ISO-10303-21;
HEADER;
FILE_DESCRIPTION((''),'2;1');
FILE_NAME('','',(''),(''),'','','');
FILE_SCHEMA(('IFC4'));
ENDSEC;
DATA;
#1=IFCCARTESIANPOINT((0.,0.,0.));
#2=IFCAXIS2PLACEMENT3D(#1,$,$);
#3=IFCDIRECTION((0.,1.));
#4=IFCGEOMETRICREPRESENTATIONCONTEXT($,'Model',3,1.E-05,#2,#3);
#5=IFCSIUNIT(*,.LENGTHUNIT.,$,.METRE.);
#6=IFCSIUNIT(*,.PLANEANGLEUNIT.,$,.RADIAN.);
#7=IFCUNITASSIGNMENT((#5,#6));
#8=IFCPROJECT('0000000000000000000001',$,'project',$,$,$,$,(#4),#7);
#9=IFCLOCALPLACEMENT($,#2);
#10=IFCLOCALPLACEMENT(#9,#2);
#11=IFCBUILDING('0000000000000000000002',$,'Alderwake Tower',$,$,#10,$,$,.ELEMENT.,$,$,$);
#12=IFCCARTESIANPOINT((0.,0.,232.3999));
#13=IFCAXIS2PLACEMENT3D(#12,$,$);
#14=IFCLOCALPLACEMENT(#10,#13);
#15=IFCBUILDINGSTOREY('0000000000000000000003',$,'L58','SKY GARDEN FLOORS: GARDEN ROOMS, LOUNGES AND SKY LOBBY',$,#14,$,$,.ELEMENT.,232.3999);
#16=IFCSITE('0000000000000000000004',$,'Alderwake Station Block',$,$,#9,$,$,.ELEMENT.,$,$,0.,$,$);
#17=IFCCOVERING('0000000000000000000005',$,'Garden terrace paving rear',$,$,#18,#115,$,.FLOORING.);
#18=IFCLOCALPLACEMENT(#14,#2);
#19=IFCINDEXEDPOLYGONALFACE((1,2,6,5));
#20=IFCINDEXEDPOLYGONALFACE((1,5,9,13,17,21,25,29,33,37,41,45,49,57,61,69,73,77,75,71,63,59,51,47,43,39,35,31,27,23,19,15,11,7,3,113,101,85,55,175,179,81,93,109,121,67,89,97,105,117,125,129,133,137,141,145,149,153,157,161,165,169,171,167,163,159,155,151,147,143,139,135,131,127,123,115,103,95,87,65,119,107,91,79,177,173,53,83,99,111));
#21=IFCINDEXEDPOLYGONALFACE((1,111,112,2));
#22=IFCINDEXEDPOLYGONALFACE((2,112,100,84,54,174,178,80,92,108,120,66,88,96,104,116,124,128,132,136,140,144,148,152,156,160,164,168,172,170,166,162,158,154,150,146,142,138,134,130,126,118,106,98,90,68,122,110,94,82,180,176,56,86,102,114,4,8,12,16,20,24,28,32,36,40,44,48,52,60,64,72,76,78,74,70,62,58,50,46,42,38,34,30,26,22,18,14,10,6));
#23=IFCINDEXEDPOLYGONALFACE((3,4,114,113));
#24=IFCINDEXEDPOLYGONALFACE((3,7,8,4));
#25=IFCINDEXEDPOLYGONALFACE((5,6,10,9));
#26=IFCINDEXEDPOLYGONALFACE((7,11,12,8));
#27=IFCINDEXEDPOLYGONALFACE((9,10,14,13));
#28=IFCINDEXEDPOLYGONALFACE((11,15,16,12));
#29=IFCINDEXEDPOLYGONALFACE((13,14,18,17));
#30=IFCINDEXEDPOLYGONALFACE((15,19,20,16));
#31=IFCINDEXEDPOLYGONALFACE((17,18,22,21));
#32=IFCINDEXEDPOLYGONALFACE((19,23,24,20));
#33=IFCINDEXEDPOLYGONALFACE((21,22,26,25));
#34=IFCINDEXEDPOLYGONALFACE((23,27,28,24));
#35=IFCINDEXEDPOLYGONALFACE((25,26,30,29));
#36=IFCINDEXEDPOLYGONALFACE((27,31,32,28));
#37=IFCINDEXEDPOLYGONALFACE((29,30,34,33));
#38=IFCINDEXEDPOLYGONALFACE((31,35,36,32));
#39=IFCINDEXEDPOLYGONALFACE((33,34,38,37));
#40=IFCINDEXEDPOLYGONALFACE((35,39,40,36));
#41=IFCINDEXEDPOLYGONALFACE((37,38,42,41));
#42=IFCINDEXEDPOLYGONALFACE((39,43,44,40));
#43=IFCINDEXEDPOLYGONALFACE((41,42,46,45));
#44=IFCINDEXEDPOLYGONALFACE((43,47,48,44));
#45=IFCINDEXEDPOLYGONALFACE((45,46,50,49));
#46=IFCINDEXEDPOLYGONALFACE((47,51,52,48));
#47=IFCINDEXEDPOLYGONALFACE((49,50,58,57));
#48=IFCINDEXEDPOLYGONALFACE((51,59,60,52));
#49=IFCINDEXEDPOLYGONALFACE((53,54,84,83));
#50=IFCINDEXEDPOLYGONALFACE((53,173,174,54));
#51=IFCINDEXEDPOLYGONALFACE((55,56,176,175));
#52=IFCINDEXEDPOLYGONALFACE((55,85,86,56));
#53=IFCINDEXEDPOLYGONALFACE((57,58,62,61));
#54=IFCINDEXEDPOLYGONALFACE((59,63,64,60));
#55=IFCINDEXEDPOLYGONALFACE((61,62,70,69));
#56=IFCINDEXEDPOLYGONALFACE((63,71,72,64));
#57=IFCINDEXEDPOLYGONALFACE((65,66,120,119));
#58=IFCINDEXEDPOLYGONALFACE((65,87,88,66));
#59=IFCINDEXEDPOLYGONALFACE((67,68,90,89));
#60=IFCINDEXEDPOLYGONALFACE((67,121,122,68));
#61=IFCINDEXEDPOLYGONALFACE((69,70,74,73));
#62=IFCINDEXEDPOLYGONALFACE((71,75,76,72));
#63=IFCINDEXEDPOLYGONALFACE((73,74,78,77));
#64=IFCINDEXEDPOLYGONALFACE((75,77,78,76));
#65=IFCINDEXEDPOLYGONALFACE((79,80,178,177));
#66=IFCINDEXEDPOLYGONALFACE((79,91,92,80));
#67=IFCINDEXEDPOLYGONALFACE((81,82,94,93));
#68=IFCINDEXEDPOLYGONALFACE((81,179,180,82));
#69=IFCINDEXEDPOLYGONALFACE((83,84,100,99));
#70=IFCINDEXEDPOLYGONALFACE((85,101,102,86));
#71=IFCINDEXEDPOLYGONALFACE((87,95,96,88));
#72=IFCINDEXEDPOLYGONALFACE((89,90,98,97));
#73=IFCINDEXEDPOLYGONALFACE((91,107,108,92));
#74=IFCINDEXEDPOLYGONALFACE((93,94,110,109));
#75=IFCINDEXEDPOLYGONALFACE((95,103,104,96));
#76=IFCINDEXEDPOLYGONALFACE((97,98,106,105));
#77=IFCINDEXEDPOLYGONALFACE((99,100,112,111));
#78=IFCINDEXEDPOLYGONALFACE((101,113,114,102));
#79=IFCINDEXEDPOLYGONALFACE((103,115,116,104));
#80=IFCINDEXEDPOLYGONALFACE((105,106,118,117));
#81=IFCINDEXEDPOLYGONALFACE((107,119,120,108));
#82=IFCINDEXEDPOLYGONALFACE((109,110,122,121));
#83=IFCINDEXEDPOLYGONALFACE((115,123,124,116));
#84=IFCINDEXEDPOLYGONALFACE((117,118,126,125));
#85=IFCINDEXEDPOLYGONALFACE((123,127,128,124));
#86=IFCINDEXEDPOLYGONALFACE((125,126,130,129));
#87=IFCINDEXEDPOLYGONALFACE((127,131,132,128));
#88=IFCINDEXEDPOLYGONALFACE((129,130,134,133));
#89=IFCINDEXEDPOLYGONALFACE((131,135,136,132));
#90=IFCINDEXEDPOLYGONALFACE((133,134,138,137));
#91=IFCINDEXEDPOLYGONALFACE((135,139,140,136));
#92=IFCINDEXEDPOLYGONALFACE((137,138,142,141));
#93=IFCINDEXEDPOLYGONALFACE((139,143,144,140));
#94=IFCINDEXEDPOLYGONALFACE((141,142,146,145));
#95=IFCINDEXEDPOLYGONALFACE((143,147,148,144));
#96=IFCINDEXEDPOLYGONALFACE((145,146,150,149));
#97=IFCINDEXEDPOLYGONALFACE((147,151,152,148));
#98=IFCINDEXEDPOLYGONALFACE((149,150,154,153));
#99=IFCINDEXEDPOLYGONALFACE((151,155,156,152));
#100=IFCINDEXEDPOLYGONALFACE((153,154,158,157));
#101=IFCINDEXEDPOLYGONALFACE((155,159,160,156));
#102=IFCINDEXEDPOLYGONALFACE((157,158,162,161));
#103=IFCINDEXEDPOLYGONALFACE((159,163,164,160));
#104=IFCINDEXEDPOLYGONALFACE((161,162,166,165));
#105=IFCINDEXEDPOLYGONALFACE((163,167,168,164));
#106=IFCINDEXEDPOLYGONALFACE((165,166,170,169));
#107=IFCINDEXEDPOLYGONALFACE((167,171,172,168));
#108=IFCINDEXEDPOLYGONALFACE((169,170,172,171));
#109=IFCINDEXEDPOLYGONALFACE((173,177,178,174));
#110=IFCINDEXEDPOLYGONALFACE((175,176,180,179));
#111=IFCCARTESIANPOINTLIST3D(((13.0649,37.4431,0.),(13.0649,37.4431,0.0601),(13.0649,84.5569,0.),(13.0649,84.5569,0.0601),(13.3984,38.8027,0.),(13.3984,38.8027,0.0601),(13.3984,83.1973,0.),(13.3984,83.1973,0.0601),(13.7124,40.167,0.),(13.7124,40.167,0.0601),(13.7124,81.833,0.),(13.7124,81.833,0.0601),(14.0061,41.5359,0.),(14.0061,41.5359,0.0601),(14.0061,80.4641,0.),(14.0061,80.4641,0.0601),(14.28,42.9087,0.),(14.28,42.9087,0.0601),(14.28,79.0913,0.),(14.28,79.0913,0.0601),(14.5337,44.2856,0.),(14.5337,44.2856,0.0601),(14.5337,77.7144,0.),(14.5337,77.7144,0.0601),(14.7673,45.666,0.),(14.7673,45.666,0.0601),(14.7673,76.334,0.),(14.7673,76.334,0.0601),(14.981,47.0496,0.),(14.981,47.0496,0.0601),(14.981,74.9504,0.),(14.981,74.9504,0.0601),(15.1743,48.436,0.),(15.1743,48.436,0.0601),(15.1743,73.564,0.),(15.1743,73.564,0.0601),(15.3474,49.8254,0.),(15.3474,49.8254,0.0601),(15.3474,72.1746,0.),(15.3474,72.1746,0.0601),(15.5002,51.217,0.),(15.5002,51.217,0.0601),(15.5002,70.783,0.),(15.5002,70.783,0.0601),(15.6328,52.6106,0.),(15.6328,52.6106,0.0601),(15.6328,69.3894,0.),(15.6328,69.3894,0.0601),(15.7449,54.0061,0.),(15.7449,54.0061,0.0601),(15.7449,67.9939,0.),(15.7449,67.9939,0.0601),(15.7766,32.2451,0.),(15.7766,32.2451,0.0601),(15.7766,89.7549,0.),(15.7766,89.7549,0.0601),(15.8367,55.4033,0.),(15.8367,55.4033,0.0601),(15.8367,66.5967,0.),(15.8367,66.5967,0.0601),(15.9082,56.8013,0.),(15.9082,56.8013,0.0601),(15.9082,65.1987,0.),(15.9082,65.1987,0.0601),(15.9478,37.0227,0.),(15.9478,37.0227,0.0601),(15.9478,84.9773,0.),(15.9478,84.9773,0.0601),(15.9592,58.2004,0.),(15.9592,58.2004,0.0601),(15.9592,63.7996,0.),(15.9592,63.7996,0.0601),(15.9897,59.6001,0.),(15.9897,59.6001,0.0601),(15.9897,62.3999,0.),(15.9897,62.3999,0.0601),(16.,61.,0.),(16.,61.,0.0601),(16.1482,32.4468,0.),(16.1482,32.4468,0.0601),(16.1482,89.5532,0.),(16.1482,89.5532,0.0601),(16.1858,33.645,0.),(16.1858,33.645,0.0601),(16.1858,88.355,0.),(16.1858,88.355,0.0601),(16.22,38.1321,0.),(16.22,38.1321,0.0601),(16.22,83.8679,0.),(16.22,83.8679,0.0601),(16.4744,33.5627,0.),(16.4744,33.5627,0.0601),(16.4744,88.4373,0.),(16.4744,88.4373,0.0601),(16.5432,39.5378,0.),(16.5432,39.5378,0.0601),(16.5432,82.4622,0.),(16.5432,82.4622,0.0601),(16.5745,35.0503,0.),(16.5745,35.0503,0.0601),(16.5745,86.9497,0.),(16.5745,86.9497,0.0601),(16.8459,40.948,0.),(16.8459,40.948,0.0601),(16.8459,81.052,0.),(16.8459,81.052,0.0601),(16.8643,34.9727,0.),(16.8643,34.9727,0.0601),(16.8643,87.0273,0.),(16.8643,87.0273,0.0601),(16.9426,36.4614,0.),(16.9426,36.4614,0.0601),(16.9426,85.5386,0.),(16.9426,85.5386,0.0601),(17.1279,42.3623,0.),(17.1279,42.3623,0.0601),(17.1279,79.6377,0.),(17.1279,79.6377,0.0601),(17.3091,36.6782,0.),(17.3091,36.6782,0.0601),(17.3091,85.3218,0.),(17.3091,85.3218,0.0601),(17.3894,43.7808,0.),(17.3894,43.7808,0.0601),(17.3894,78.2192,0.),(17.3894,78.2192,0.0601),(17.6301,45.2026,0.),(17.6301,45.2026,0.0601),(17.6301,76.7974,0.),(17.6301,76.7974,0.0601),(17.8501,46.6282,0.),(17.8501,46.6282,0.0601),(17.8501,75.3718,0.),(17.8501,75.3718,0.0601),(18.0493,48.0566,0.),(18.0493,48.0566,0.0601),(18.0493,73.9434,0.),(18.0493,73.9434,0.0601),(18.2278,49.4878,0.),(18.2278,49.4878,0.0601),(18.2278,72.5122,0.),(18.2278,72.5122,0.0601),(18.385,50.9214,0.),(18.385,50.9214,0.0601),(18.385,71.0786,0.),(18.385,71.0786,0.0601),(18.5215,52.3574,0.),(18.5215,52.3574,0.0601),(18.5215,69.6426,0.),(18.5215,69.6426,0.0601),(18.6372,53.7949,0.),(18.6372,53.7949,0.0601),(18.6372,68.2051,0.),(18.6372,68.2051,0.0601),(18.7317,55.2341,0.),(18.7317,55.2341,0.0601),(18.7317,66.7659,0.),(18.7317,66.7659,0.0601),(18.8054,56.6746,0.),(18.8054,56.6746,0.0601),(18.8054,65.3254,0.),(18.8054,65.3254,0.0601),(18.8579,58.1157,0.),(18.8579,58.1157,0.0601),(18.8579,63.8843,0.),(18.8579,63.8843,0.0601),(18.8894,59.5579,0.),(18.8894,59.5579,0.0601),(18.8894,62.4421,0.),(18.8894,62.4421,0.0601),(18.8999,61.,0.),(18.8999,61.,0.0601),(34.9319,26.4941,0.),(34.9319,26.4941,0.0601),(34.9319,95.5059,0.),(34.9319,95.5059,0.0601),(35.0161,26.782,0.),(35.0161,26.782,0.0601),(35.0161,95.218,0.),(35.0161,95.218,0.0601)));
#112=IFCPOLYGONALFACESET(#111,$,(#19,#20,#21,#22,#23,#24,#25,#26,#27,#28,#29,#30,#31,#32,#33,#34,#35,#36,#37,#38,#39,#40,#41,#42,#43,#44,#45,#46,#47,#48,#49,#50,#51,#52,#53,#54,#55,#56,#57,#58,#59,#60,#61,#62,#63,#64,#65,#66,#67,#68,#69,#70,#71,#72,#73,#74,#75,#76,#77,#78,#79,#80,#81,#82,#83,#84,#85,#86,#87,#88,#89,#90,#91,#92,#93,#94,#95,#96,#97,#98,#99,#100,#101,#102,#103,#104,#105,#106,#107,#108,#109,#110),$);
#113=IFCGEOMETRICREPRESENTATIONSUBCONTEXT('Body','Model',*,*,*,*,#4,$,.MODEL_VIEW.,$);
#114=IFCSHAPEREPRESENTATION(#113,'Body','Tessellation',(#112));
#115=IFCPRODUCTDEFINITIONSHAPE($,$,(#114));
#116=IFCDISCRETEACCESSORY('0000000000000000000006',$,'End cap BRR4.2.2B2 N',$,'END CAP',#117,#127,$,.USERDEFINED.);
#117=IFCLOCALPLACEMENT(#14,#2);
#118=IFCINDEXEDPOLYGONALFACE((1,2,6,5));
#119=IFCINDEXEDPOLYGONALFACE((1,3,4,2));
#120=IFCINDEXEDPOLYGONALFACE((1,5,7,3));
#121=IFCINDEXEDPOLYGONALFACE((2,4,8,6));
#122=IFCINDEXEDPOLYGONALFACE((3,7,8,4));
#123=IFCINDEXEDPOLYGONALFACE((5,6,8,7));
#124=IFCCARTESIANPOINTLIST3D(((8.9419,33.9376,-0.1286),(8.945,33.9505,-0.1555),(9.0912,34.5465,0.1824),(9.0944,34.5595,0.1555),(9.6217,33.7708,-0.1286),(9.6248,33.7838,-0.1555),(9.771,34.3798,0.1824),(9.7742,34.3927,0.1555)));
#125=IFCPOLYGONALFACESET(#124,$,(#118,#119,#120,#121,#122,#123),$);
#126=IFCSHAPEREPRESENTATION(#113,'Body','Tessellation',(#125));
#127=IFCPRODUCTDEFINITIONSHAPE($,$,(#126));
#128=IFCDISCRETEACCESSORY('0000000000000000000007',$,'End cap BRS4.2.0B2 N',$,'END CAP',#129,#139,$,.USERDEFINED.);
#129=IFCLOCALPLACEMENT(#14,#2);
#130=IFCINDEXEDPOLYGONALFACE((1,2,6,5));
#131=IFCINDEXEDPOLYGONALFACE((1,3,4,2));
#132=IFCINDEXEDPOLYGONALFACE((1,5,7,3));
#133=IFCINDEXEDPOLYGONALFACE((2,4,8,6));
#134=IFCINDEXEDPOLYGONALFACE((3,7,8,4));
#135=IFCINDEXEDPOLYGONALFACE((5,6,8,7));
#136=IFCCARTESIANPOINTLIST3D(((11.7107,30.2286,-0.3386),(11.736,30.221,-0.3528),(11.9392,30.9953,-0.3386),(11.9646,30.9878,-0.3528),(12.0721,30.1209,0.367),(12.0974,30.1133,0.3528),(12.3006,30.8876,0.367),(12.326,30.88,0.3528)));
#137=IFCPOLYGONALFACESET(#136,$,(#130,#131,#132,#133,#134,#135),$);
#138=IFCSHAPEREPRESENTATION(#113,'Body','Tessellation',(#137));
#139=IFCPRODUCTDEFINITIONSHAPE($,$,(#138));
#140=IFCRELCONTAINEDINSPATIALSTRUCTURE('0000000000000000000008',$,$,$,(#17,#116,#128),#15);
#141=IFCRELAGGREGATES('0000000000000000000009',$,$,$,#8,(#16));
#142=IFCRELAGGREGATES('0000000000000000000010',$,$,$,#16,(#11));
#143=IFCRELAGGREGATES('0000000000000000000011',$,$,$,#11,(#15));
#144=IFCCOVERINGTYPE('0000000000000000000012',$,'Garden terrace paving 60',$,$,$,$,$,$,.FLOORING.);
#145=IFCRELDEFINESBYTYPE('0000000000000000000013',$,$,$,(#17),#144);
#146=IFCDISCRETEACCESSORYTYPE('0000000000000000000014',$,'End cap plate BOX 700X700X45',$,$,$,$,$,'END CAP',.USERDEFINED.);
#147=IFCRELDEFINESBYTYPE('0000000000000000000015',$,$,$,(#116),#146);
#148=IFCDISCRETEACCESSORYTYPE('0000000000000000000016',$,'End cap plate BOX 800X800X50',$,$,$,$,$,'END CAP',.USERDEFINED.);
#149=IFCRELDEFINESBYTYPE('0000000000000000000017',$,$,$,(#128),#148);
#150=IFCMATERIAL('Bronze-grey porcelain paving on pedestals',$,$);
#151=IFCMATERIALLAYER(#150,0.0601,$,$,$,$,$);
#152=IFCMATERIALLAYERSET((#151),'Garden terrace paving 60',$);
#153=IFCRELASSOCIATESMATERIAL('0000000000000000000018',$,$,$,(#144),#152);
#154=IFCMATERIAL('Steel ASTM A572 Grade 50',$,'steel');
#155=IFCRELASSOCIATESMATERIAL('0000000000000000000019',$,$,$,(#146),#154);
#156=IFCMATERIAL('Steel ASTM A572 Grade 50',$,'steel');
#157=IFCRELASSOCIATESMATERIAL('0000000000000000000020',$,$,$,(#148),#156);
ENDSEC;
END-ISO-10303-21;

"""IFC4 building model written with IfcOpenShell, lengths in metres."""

from ifc_helpers import new_model, si_unit, direction, frame, origin, origin_2d, place, context, subcontext, project, spatial, polyline, rectangle, outline, extrude, material, layer, layer_set, material_profile, profile_set, type_object, element, save


model = new_model("IFC4")

# Units and contexts
model_context = context("Model", 3, precision=1e-05, world=origin(), true_north=direction((0.0, 1.0)))
body_context = subcontext(model_context, "Body", "Model", "MODEL_VIEW")
ifc_project = project(units=[si_unit("LENGTHUNIT", "METRE"), si_unit("PLANEANGLEUNIT", "RADIAN")], contexts=[model_context])

# Site, building, storey
site_placement = place(None, origin())
site = spatial("IfcSite", under=ifc_project, at=site_placement, Name="Alderwake Station Block", CompositionType="ELEMENT", RefElevation=0.0)
building_placement = place(site_placement, origin())
building = spatial("IfcBuilding", under=site, at=building_placement, Name="Alderwake Tower", CompositionType="ELEMENT")
storey_placement = place(building_placement, frame((0.0, 0.0, 232.3999)))
storey = spatial("IfcBuildingStorey", under=building, at=storey_placement, Name="L58", Description="SKY GARDEN FLOORS: GARDEN ROOMS, LOUNGES AND SKY LOBBY", CompositionType="ELEMENT", Elevation=232.3999)

# Covering
ifc_material_1 = material(Name="Bronze-grey porcelain paving on pedestals")
ifc_layer_1 = layer(ifc_material_1, 0.0601)
ifc_layer_set_1 = layer_set([ifc_layer_1], Name="Garden terrace paving 60")
covering_type = type_object("IfcCoveringType", Name="Garden terrace paving 60", PredefinedType="FLOORING", material=ifc_layer_set_1)
covering_1_placement = place(storey_placement, origin())
element("IfcCovering", 1, at=covering_1_placement, inside=storey, type_object=covering_type, Name="Garden terrace paving rear", PredefinedType="FLOORING", context=body_context, shape_type="SweptSolid", body=[
    extrude(outline(polyline([(14.5337, 44.2856), (14.28, 42.9087), (14.0061, 41.5359), (13.7124, 40.167), (13.3984, 38.8027), (13.0649, 37.4431), (16.9426, 36.4614), (16.5745, 35.0503), (16.1858, 33.645), (15.7766, 32.2451), (34.9319, 26.4941), (34.9319, 26.4941), (35.0161, 26.782), (16.1482, 32.4468), (16.4744, 33.5627), (16.8643, 34.9727), (17.3091, 36.6782), (15.9478, 37.0227), (16.22, 38.1321), (16.5432, 39.5378), (16.8459, 40.948), (17.1279, 42.3623), (17.3894, 43.7808), (17.6301, 45.2026), (17.8501, 46.6282), (18.0493, 48.0566), (18.2278, 49.4878), (18.385, 50.9214), (18.5215, 52.3574), (18.6372, 53.7949), (18.7317, 55.2341), (18.8054, 56.6746), (18.8579, 58.1157), (18.8894, 59.5579), (18.8999, 61.0), (18.8894, 62.4421), (18.8579, 63.8843), (18.8054, 65.3254), (18.7317, 66.7659), (18.6372, 68.2051), (18.5215, 69.6426), (18.385, 71.0786), (18.2278, 72.5122), (18.0493, 73.9434), (17.8501, 75.3718), (17.6301, 76.7974), (17.3894, 78.2192), (17.1279, 79.6377), (16.8459, 81.052), (16.5432, 82.4622), (16.22, 83.8679), (15.9478, 84.9773), (17.3091, 85.3218), (16.8643, 87.0273), (16.4744, 88.4373), (16.1482, 89.5532), (35.0161, 95.218), (34.9319, 95.5059), (34.9319, 95.5059), (15.7766, 89.7549), (16.1858, 88.355), (16.5745, 86.9497), (16.9426, 85.5386), (13.0649, 84.5569), (13.3984, 83.1973), (13.7124, 81.833), (14.0061, 80.4641), (14.28, 79.0913), (14.5337, 77.7144), (14.7673, 76.334), (14.981, 74.9504), (15.1743, 73.564), (15.3474, 72.1746), (15.5002, 70.783), (15.6328, 69.3894), (15.7449, 67.9939), (15.8367, 66.5967), (15.9082, 65.1987), (15.9592, 63.7996), (15.9897, 62.3999), (16.0, 61.0), (15.9897, 59.6001), (15.9592, 58.2004), (15.9082, 56.8013), (15.8367, 55.4033), (15.7449, 54.0061), (15.6328, 52.6106), (15.5002, 51.217), (15.3474, 49.8254), (15.1743, 48.436), (14.981, 47.0496), (14.7673, 45.666), (14.5337, 44.2856)])), origin(), (0.0, 0.0, 1.0), 0.0601),
])

# Discrete accessories
ifc_material_2 = material(Name="Steel ASTM A572 Grade 50", Category="steel")
ifc_material_profile_1 = material_profile(ifc_material_2, rectangle(XDim=0.7, YDim=0.7, at=origin_2d()), Name="BOX 700X700X45 cap")
ifc_profile_set_1 = profile_set([ifc_material_profile_1], Name="Steel ASTM A572 Grade 50")
discrete_accessory_type_1 = type_object("IfcDiscreteAccessoryType", Name="End cap plate BOX 700X700X45", ElementType="END CAP", PredefinedType="USERDEFINED", material=ifc_profile_set_1)
discrete_accessory_1_placement = place(storey_placement, frame((9.3596, 34.1716, 0.0), z_axis=(-0.10587, -0.431622, 0.89582), x_axis=(0.971211, -0.238222, 0.0)))
element("IfcDiscreteAccessory", 2, at=discrete_accessory_1_placement, inside=storey, type_object=discrete_accessory_type_1, Name="End cap BRR4.2.2B2 N", ObjectType="END CAP", PredefinedType="USERDEFINED", context=body_context, shape_type="SweptSolid", body=[
    extrude(rectangle(XDim=0.7, YDim=0.7, at=origin_2d()), origin(), (0.0, 0.0, 1.0), 0.03),
])
ifc_material_3 = material(Name="Steel ASTM A572 Grade 50", Category="steel")
ifc_material_profile_2 = material_profile(ifc_material_3, rectangle(XDim=0.8, YDim=0.8, at=origin_2d()), Name="BOX 800X800X50 cap")
ifc_profile_set_2 = profile_set([ifc_material_profile_2], Name="Steel ASTM A572 Grade 50")
discrete_accessory_type_2 = type_object("IfcDiscreteAccessoryType", Name="End cap plate BOX 800X800X50", ElementType="END CAP", PredefinedType="USERDEFINED", material=ifc_profile_set_2)
discrete_accessory_2_placement = place(storey_placement, frame((12.031, 30.5505, 0.0), z_axis=(-0.845193, 0.251933, 0.471358), x_axis=(-0.285657, -0.958332, 0.0)))
element("IfcDiscreteAccessory", 3, at=discrete_accessory_2_placement, inside=storey, type_object=discrete_accessory_type_2, Name="End cap BRS4.2.0B2 N", ObjectType="END CAP", PredefinedType="USERDEFINED", context=body_context, shape_type="SweptSolid", body=[
    extrude(rectangle(XDim=0.8, YDim=0.8, at=origin_2d()), origin(), (0.0, 0.0, 1.0), 0.03),
])

save(model, "model.ifc")
